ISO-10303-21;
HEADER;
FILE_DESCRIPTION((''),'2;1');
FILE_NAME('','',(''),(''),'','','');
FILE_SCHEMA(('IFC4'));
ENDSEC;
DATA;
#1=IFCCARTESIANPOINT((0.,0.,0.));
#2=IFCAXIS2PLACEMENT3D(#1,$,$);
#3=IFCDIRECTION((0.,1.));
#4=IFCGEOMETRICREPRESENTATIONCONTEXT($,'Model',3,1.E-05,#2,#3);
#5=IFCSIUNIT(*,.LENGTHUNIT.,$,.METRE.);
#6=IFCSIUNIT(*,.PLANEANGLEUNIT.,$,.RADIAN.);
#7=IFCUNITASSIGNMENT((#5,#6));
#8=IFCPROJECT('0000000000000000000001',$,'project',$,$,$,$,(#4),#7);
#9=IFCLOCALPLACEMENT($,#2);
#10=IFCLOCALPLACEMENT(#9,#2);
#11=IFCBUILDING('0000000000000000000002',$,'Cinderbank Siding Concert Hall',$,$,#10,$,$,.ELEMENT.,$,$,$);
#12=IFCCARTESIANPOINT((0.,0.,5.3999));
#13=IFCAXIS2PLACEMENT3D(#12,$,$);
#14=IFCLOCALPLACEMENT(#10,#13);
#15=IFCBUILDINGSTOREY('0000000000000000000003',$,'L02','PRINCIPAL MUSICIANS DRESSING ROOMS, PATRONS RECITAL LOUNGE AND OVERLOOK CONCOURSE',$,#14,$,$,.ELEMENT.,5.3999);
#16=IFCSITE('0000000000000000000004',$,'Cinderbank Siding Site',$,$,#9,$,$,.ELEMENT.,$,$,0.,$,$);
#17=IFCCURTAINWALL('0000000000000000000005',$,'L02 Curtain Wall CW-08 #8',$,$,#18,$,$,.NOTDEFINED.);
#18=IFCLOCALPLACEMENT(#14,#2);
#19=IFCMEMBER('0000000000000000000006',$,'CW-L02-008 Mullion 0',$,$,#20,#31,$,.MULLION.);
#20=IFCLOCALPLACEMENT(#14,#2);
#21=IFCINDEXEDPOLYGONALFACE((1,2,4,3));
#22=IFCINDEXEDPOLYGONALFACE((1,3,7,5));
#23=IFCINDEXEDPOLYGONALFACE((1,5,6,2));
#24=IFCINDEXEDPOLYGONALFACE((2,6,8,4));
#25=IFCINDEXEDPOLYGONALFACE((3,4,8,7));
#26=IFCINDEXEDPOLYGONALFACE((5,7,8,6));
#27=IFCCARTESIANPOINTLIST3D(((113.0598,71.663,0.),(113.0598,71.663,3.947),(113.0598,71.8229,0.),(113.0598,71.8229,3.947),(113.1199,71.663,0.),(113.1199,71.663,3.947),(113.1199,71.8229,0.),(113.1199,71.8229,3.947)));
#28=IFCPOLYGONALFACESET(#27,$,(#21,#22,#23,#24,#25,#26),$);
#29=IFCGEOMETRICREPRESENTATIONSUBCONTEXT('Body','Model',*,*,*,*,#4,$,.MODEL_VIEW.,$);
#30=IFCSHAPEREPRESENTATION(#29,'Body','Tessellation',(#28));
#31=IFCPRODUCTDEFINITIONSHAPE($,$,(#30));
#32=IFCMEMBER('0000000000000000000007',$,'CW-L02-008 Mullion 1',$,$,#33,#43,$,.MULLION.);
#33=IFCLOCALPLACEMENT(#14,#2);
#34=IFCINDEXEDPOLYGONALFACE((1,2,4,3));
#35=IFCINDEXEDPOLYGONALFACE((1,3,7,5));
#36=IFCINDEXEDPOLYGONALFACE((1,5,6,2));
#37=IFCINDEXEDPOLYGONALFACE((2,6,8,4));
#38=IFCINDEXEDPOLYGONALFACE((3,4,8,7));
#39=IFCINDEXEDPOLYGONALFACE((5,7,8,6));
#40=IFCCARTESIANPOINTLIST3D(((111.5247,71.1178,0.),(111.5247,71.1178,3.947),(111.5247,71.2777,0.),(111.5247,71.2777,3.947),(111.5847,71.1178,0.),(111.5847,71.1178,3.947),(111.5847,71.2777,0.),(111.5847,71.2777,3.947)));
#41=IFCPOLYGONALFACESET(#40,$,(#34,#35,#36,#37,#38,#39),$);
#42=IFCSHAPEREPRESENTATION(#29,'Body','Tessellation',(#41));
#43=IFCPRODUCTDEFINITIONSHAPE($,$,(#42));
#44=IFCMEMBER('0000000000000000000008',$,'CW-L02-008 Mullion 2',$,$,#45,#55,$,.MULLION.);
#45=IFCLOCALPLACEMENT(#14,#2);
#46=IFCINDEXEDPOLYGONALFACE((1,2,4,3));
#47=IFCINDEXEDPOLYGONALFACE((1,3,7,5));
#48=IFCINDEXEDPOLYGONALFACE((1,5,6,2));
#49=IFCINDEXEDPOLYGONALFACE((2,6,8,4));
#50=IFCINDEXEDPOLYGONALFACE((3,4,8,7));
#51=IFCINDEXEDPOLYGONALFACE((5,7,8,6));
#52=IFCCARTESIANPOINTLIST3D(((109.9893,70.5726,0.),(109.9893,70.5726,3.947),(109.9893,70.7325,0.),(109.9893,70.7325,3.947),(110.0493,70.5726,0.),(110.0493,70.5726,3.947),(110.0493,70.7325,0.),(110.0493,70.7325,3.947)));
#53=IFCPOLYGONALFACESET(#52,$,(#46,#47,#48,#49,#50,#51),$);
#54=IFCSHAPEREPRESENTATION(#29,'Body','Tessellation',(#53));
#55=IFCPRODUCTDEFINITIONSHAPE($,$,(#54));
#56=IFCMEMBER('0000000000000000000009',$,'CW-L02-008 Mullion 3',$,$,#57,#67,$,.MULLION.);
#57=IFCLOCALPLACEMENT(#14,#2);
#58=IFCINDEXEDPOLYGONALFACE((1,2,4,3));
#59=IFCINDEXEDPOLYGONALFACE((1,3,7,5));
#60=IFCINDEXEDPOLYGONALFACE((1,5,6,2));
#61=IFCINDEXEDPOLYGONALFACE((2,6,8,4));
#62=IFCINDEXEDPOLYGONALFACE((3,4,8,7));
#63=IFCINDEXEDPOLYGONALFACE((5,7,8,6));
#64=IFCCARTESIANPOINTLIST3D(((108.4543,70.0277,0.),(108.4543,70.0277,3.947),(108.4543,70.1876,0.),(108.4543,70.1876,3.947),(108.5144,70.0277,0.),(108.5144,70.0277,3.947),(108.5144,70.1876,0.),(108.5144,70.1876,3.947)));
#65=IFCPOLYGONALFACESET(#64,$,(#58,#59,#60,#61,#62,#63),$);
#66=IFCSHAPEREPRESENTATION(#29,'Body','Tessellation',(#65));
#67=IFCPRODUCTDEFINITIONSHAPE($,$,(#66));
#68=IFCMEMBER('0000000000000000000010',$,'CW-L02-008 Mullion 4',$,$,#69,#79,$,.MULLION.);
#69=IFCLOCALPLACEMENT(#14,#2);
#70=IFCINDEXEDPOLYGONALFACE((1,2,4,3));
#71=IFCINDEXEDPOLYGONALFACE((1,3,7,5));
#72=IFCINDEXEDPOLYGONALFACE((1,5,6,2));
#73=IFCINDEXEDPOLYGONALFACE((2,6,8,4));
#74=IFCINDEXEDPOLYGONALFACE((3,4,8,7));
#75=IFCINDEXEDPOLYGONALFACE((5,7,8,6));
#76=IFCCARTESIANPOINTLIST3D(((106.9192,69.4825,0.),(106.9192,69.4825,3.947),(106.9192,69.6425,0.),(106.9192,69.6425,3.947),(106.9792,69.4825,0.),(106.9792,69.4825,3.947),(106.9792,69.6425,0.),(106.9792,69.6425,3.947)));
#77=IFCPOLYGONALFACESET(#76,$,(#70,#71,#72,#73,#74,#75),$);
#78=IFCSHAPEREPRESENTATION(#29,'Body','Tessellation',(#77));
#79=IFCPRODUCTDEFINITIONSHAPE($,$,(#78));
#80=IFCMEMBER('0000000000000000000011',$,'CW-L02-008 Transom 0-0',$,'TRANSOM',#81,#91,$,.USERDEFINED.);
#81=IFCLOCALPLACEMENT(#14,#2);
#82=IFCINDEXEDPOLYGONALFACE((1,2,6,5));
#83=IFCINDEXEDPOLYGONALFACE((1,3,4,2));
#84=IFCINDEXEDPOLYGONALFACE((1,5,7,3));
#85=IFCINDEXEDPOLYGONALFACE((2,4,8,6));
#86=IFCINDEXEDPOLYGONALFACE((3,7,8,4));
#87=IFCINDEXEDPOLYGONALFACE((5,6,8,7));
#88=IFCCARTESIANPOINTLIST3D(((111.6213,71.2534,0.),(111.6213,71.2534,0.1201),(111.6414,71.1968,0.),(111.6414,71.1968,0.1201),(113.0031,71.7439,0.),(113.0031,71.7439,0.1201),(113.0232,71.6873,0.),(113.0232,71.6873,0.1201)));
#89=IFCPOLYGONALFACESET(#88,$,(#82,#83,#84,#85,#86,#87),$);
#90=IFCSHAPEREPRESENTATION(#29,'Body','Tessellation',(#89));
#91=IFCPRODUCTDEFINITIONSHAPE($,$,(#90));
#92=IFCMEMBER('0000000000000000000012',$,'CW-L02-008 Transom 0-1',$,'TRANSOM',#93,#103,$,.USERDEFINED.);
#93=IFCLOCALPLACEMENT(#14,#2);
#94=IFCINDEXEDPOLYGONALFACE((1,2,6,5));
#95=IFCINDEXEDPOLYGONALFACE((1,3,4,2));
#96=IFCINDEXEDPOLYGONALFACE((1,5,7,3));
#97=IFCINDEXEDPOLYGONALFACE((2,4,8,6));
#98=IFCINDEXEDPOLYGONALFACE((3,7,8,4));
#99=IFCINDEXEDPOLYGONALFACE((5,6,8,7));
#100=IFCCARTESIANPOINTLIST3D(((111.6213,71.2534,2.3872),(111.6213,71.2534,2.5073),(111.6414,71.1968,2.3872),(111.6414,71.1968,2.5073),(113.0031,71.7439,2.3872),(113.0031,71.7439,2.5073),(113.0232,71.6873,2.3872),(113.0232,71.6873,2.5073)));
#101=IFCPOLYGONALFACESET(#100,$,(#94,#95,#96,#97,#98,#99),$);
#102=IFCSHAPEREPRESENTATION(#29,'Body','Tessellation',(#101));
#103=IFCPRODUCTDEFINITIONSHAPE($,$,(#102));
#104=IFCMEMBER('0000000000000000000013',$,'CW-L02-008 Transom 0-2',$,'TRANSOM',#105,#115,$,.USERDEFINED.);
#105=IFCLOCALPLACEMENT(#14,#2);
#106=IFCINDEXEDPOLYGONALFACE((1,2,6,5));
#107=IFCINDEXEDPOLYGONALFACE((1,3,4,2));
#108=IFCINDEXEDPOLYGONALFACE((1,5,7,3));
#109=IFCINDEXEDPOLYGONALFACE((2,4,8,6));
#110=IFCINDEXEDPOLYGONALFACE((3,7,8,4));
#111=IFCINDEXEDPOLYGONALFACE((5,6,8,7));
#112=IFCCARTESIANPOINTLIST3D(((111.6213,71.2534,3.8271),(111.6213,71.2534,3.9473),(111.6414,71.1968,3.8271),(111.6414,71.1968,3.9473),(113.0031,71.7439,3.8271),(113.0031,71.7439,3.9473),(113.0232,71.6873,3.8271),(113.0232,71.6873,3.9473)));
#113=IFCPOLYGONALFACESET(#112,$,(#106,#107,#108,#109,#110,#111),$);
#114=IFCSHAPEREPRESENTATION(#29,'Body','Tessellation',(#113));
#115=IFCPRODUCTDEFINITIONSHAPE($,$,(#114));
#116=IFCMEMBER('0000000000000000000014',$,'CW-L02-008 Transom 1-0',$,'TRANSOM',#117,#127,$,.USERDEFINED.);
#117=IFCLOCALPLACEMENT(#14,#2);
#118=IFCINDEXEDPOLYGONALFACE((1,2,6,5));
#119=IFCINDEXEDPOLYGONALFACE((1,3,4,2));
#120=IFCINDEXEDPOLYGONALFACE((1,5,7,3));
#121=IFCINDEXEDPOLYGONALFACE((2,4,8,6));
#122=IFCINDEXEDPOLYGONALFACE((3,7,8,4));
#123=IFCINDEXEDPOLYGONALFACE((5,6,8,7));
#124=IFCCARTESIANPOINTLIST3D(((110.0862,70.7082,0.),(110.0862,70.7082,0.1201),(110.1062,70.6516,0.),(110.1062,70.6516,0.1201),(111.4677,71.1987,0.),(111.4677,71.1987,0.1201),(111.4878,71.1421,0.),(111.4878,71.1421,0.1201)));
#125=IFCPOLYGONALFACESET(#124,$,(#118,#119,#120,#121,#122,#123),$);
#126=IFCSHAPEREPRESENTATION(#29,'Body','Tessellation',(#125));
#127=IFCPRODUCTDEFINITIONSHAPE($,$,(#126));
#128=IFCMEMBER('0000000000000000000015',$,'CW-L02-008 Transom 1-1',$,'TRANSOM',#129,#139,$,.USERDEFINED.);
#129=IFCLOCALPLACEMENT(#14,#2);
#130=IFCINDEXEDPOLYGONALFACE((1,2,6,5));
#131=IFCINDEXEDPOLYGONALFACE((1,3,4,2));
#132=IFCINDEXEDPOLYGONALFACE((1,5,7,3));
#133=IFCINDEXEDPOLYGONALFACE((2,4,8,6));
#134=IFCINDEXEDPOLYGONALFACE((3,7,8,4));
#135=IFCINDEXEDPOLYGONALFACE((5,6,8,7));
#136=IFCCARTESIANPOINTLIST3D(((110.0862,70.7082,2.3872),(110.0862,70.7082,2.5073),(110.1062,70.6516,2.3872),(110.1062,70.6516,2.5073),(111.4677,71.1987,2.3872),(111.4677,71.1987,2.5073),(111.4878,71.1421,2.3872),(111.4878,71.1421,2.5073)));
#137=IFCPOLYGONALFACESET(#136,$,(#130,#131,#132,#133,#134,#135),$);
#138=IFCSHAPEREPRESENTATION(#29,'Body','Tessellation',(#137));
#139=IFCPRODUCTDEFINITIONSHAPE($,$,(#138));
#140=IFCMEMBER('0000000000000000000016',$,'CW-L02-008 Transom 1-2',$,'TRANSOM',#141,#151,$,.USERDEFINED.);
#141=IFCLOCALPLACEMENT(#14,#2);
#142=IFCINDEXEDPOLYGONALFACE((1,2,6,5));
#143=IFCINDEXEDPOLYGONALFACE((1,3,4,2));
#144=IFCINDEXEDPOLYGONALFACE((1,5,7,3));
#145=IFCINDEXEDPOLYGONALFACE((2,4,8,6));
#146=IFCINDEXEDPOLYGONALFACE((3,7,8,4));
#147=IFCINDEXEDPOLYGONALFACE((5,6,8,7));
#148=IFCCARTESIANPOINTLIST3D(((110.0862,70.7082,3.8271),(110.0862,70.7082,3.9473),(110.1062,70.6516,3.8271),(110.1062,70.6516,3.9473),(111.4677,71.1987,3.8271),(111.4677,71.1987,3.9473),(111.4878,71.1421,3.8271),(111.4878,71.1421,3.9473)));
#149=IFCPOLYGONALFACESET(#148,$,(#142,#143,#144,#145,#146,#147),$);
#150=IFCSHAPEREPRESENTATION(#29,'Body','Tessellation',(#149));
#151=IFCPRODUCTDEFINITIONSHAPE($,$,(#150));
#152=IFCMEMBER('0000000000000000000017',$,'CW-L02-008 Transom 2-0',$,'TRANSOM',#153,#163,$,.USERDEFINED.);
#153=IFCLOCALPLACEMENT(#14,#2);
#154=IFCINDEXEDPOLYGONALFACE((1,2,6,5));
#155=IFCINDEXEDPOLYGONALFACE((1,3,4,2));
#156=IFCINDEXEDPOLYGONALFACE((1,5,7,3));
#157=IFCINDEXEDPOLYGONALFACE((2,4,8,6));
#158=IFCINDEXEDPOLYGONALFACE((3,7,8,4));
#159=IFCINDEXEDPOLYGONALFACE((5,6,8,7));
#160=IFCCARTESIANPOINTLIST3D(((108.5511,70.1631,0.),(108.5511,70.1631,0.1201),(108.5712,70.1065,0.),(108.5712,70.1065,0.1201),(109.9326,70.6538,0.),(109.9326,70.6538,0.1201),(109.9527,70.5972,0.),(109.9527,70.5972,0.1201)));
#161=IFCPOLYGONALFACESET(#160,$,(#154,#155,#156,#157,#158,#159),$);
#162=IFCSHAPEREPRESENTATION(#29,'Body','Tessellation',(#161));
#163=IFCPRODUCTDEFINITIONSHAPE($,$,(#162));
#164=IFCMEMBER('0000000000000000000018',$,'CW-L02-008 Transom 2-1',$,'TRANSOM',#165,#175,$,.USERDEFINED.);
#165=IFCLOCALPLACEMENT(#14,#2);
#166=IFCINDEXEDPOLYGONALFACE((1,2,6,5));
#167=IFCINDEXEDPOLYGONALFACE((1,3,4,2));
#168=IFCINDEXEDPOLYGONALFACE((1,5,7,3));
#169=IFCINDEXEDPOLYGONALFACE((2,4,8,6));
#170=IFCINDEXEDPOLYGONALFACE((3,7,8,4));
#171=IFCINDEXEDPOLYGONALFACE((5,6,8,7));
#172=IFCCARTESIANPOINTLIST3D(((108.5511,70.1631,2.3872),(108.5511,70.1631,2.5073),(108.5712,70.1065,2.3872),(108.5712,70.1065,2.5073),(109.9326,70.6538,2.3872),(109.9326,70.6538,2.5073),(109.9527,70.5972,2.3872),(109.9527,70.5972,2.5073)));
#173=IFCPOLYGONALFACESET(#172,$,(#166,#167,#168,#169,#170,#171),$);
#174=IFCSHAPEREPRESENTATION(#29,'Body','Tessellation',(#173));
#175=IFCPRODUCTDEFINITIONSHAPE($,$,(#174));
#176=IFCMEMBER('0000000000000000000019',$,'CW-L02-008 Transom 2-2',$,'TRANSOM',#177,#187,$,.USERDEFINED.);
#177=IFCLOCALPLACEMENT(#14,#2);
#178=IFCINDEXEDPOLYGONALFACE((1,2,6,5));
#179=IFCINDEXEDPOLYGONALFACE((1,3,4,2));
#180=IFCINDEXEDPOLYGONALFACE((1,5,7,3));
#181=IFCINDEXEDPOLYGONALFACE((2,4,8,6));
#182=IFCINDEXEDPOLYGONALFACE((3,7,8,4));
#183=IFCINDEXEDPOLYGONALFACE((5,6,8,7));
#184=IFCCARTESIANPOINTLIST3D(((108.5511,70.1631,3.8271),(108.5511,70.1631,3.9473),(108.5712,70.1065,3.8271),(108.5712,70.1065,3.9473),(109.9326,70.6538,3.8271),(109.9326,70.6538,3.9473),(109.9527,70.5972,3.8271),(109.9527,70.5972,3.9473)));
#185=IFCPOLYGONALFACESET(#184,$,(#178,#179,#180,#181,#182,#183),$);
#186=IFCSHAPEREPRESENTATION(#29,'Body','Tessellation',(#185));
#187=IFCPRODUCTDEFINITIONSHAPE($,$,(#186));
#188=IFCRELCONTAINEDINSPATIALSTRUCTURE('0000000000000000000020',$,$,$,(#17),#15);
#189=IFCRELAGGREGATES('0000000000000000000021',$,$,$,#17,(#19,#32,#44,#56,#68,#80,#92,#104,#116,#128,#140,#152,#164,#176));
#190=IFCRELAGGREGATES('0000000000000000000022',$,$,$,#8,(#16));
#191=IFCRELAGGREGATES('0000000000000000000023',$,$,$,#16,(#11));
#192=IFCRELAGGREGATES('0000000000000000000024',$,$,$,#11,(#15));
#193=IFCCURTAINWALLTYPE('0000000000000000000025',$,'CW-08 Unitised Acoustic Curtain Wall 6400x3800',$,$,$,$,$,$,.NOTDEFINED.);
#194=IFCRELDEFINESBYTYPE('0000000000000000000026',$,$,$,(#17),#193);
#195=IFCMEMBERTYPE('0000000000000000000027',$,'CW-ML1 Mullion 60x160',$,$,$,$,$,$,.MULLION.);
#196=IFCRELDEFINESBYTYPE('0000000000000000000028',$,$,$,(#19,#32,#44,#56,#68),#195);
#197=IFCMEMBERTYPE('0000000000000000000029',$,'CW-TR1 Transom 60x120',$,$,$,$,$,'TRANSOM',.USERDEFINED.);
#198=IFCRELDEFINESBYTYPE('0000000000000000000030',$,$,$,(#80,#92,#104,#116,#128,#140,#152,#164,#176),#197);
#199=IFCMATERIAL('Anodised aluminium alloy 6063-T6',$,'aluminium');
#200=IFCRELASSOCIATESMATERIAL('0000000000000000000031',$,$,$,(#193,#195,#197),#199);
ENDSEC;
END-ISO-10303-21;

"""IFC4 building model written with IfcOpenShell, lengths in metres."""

from ifc_helpers import new_model, si_unit, direction, frame, origin, origin_2d, place, context, subcontext, project, spatial, rectangle, extrude, material, material_profile, profile_set, type_object, element, aggregate, save


model = new_model("IFC4")

# Units and contexts
model_context = context("Model", 3, precision=1e-05, world=origin(), true_north=direction((0.0, 1.0)))
body_context = subcontext(model_context, "Body", "Model", "MODEL_VIEW")
ifc_project = project(units=[si_unit("LENGTHUNIT", "METRE"), si_unit("PLANEANGLEUNIT", "RADIAN")], contexts=[model_context])

# Site, building, storey
site_placement = place(None, origin())
site = spatial("IfcSite", under=ifc_project, at=site_placement, Name="Cinderbank Siding Site", CompositionType="ELEMENT", RefElevation=0.0)
building_placement = place(site_placement, origin())
building = spatial("IfcBuilding", under=site, at=building_placement, Name="Cinderbank Siding Concert Hall", CompositionType="ELEMENT")
storey_placement = place(building_placement, frame((0.0, 0.0, 5.3999)))
storey = spatial("IfcBuildingStorey", under=building, at=storey_placement, Name="L02", Description="PRINCIPAL MUSICIANS DRESSING ROOMS, PATRONS RECITAL LOUNGE AND OVERLOOK CONCOURSE", CompositionType="ELEMENT", Elevation=5.3999)

# Curtain wall, members
ifc_material_1 = material(Name="Anodised aluminium alloy 6063-T6", Category="aluminium")
curtain_wall_type = type_object("IfcCurtainWallType", Name="CW-08 Unitised Acoustic Curtain Wall 6400x3800", PredefinedType="NOTDEFINED", material=ifc_material_1)
curtain_wall_placement = place(storey_placement, origin())
curtain_wall = element("IfcCurtainWall", 1, at=curtain_wall_placement, inside=storey, type_object=curtain_wall_type, Name="L02 Curtain Wall CW-08 #8", PredefinedType="NOTDEFINED")
ifc_material_profile_1 = material_profile(ifc_material_1, rectangle(XDim=0.0601, YDim=0.1599, at=origin_2d()), Name="ALU-MULL-60x160", Category="LoadBearing")
ifc_profile_set_1 = profile_set([ifc_material_profile_1], Name="Anodised aluminium alloy 6063-T6")
member_type_1 = type_object("IfcMemberType", Name="CW-ML1 Mullion 60x160", PredefinedType="MULLION", material=ifc_profile_set_1)
member_1_placement = place(storey_placement, frame((113.0898, 71.7429, 0.0), z_axis=(0.0, 0.0, 1.0), x_axis=(1.0, 0.0, 0.0)))
member_1 = element("IfcMember", 2, at=member_1_placement, type_object=member_type_1, Name="CW-L02-008 Mullion 0", PredefinedType="MULLION", context=body_context, shape_type="SweptSolid", body=[
    extrude(rectangle(XDim=0.0601, YDim=0.1599, at=origin_2d()), origin(), (0.0, 0.0, 1.0), 3.947),
])
member_2_placement = place(storey_placement, frame((111.5547, 71.1978, 0.0), z_axis=(0.0, 0.0, 1.0), x_axis=(1.0, 0.0, 0.0)))
member_2 = element("IfcMember", 3, at=member_2_placement, type_object=member_type_1, Name="CW-L02-008 Mullion 1", PredefinedType="MULLION", context=body_context, shape_type="SweptSolid", body=[
    extrude(rectangle(XDim=0.0601, YDim=0.1599, at=origin_2d()), origin(), (0.0, 0.0, 1.0), 3.947),
])
member_3_placement = place(storey_placement, frame((110.0193, 70.6526, 0.0), z_axis=(0.0, 0.0, 1.0), x_axis=(1.0, 0.0, 0.0)))
member_3 = element("IfcMember", 4, at=member_3_placement, type_object=member_type_1, Name="CW-L02-008 Mullion 2", PredefinedType="MULLION", context=body_context, shape_type="SweptSolid", body=[
    extrude(rectangle(XDim=0.0601, YDim=0.1599, at=origin_2d()), origin(), (0.0, 0.0, 1.0), 3.947),
])
member_4_placement = place(storey_placement, frame((108.4844, 70.1077, 0.0), z_axis=(0.0, 0.0, 1.0), x_axis=(1.0, 0.0, 0.0)))
member_4 = element("IfcMember", 5, at=member_4_placement, type_object=member_type_1, Name="CW-L02-008 Mullion 3", PredefinedType="MULLION", context=body_context, shape_type="SweptSolid", body=[
    extrude(rectangle(XDim=0.0601, YDim=0.1599, at=origin_2d()), origin(), (0.0, 0.0, 1.0), 3.947),
])
member_5_placement = place(storey_placement, frame((106.9492, 69.5625, 0.0), z_axis=(0.0, 0.0, 1.0), x_axis=(1.0, 0.0, 0.0)))
member_5 = element("IfcMember", 6, at=member_5_placement, type_object=member_type_1, Name="CW-L02-008 Mullion 4", PredefinedType="MULLION", context=body_context, shape_type="SweptSolid", body=[
    extrude(rectangle(XDim=0.0601, YDim=0.1599, at=origin_2d()), origin(), (0.0, 0.0, 1.0), 3.947),
])
ifc_material_profile_2 = material_profile(ifc_material_1, rectangle(XDim=0.0601, YDim=0.1201, at=origin_2d()), Name="ALU-TRAN-60x120", Category="LoadBearing")
ifc_profile_set_2 = profile_set([ifc_material_profile_2], Name="Anodised aluminium alloy 6063-T6")
member_type_2 = type_object("IfcMemberType", Name="CW-TR1 Transom 60x120", ElementType="TRANSOM", PredefinedType="USERDEFINED", material=ifc_profile_set_2)
member_6_placement = place(storey_placement, frame((113.0132, 71.7156, 0.0601), z_axis=(-0.942396, -0.3345, 0.0), x_axis=(0.3345, -0.942396, 0.0)))
member_6 = element("IfcMember", 7, at=member_6_placement, type_object=member_type_2, Name="CW-L02-008 Transom 0-0", ObjectType="TRANSOM", PredefinedType="USERDEFINED", context=body_context, shape_type="SweptSolid", body=[
    extrude(rectangle(XDim=0.0601, YDim=0.1201, at=origin_2d()), origin(), (0.0, 0.0, 1.0), 1.4663),
])
member_7_placement = place(storey_placement, frame((113.0132, 71.7156, 2.4473), z_axis=(-0.942396, -0.3345, 0.0), x_axis=(0.3345, -0.942396, 0.0)))
member_7 = element("IfcMember", 8, at=member_7_placement, type_object=member_type_2, Name="CW-L02-008 Transom 0-1", ObjectType="TRANSOM", PredefinedType="USERDEFINED", context=body_context, shape_type="SweptSolid", body=[
    extrude(rectangle(XDim=0.0601, YDim=0.1201, at=origin_2d()), origin(), (0.0, 0.0, 1.0), 1.4663),
])
member_8_placement = place(storey_placement, frame((113.0132, 71.7156, 3.8872), z_axis=(-0.942396, -0.3345, 0.0), x_axis=(0.3345, -0.942396, 0.0)))
member_8 = element("IfcMember", 9, at=member_8_placement, type_object=member_type_2, Name="CW-L02-008 Transom 0-2", ObjectType="TRANSOM", PredefinedType="USERDEFINED", context=body_context, shape_type="SweptSolid", body=[
    extrude(rectangle(XDim=0.0601, YDim=0.1201, at=origin_2d()), origin(), (0.0, 0.0, 1.0), 1.4663),
])
member_9_placement = place(storey_placement, frame((111.4778, 71.1704, 0.0601), z_axis=(-0.942377, -0.334553, 0.0), x_axis=(0.334553, -0.942377, 0.0)))
member_9 = element("IfcMember", 10, at=member_9_placement, type_object=member_type_2, Name="CW-L02-008 Transom 1-0", ObjectType="TRANSOM", PredefinedType="USERDEFINED", context=body_context, shape_type="SweptSolid", body=[
    extrude(rectangle(XDim=0.0601, YDim=0.1201, at=origin_2d()), origin(), (0.0, 0.0, 1.0), 1.4661),
])
member_10_placement = place(storey_placement, frame((111.4778, 71.1704, 2.4473), z_axis=(-0.942377, -0.334553, 0.0), x_axis=(0.334553, -0.942377, 0.0)))
member_10 = element("IfcMember", 11, at=member_10_placement, type_object=member_type_2, Name="CW-L02-008 Transom 1-1", ObjectType="TRANSOM", PredefinedType="USERDEFINED", context=body_context, shape_type="SweptSolid", body=[
    extrude(rectangle(XDim=0.0601, YDim=0.1201, at=origin_2d()), origin(), (0.0, 0.0, 1.0), 1.4661),
])
member_11_placement = place(storey_placement, frame((111.4778, 71.1704, 3.8872), z_axis=(-0.942377, -0.334553, 0.0), x_axis=(0.334553, -0.942377, 0.0)))
member_11 = element("IfcMember", 12, at=member_11_placement, type_object=member_type_2, Name="CW-L02-008 Transom 1-2", ObjectType="TRANSOM", PredefinedType="USERDEFINED", context=body_context, shape_type="SweptSolid", body=[
    extrude(rectangle(XDim=0.0601, YDim=0.1201, at=origin_2d()), origin(), (0.0, 0.0, 1.0), 1.4661),
])
member_12_placement = place(storey_placement, frame((109.9426, 70.6255, 0.0601), z_axis=(-0.942324, -0.334701, 0.0), x_axis=(0.334701, -0.942324, 0.0)))
member_12 = element("IfcMember", 13, at=member_12_placement, type_object=member_type_2, Name="CW-L02-008 Transom 2-0", ObjectType="TRANSOM", PredefinedType="USERDEFINED", context=body_context, shape_type="SweptSolid", body=[
    extrude(rectangle(XDim=0.0601, YDim=0.1201, at=origin_2d()), origin(), (0.0, 0.0, 1.0), 1.4661),
])
member_13_placement = place(storey_placement, frame((109.9426, 70.6255, 2.4473), z_axis=(-0.942324, -0.334701, 0.0), x_axis=(0.334701, -0.942324, 0.0)))
member_13 = element("IfcMember", 14, at=member_13_placement, type_object=member_type_2, Name="CW-L02-008 Transom 2-1", ObjectType="TRANSOM", PredefinedType="USERDEFINED", context=body_context, shape_type="SweptSolid", body=[
    extrude(rectangle(XDim=0.0601, YDim=0.1201, at=origin_2d()), origin(), (0.0, 0.0, 1.0), 1.4661),
])
member_14_placement = place(storey_placement, frame((109.9426, 70.6255, 3.8872), z_axis=(-0.942324, -0.334701, 0.0), x_axis=(0.334701, -0.942324, 0.0)))
member_14 = element("IfcMember", 15, at=member_14_placement, type_object=member_type_2, Name="CW-L02-008 Transom 2-2", ObjectType="TRANSOM", PredefinedType="USERDEFINED", context=body_context, shape_type="SweptSolid", body=[
    extrude(rectangle(XDim=0.0601, YDim=0.1201, at=origin_2d()), origin(), (0.0, 0.0, 1.0), 1.4661),
])

aggregate(curtain_wall, [member_1, member_2, member_3, member_4, member_5, member_6, member_7, member_8, member_9, member_10, member_11, member_12, member_13, member_14])

save(model, "model.ifc")
